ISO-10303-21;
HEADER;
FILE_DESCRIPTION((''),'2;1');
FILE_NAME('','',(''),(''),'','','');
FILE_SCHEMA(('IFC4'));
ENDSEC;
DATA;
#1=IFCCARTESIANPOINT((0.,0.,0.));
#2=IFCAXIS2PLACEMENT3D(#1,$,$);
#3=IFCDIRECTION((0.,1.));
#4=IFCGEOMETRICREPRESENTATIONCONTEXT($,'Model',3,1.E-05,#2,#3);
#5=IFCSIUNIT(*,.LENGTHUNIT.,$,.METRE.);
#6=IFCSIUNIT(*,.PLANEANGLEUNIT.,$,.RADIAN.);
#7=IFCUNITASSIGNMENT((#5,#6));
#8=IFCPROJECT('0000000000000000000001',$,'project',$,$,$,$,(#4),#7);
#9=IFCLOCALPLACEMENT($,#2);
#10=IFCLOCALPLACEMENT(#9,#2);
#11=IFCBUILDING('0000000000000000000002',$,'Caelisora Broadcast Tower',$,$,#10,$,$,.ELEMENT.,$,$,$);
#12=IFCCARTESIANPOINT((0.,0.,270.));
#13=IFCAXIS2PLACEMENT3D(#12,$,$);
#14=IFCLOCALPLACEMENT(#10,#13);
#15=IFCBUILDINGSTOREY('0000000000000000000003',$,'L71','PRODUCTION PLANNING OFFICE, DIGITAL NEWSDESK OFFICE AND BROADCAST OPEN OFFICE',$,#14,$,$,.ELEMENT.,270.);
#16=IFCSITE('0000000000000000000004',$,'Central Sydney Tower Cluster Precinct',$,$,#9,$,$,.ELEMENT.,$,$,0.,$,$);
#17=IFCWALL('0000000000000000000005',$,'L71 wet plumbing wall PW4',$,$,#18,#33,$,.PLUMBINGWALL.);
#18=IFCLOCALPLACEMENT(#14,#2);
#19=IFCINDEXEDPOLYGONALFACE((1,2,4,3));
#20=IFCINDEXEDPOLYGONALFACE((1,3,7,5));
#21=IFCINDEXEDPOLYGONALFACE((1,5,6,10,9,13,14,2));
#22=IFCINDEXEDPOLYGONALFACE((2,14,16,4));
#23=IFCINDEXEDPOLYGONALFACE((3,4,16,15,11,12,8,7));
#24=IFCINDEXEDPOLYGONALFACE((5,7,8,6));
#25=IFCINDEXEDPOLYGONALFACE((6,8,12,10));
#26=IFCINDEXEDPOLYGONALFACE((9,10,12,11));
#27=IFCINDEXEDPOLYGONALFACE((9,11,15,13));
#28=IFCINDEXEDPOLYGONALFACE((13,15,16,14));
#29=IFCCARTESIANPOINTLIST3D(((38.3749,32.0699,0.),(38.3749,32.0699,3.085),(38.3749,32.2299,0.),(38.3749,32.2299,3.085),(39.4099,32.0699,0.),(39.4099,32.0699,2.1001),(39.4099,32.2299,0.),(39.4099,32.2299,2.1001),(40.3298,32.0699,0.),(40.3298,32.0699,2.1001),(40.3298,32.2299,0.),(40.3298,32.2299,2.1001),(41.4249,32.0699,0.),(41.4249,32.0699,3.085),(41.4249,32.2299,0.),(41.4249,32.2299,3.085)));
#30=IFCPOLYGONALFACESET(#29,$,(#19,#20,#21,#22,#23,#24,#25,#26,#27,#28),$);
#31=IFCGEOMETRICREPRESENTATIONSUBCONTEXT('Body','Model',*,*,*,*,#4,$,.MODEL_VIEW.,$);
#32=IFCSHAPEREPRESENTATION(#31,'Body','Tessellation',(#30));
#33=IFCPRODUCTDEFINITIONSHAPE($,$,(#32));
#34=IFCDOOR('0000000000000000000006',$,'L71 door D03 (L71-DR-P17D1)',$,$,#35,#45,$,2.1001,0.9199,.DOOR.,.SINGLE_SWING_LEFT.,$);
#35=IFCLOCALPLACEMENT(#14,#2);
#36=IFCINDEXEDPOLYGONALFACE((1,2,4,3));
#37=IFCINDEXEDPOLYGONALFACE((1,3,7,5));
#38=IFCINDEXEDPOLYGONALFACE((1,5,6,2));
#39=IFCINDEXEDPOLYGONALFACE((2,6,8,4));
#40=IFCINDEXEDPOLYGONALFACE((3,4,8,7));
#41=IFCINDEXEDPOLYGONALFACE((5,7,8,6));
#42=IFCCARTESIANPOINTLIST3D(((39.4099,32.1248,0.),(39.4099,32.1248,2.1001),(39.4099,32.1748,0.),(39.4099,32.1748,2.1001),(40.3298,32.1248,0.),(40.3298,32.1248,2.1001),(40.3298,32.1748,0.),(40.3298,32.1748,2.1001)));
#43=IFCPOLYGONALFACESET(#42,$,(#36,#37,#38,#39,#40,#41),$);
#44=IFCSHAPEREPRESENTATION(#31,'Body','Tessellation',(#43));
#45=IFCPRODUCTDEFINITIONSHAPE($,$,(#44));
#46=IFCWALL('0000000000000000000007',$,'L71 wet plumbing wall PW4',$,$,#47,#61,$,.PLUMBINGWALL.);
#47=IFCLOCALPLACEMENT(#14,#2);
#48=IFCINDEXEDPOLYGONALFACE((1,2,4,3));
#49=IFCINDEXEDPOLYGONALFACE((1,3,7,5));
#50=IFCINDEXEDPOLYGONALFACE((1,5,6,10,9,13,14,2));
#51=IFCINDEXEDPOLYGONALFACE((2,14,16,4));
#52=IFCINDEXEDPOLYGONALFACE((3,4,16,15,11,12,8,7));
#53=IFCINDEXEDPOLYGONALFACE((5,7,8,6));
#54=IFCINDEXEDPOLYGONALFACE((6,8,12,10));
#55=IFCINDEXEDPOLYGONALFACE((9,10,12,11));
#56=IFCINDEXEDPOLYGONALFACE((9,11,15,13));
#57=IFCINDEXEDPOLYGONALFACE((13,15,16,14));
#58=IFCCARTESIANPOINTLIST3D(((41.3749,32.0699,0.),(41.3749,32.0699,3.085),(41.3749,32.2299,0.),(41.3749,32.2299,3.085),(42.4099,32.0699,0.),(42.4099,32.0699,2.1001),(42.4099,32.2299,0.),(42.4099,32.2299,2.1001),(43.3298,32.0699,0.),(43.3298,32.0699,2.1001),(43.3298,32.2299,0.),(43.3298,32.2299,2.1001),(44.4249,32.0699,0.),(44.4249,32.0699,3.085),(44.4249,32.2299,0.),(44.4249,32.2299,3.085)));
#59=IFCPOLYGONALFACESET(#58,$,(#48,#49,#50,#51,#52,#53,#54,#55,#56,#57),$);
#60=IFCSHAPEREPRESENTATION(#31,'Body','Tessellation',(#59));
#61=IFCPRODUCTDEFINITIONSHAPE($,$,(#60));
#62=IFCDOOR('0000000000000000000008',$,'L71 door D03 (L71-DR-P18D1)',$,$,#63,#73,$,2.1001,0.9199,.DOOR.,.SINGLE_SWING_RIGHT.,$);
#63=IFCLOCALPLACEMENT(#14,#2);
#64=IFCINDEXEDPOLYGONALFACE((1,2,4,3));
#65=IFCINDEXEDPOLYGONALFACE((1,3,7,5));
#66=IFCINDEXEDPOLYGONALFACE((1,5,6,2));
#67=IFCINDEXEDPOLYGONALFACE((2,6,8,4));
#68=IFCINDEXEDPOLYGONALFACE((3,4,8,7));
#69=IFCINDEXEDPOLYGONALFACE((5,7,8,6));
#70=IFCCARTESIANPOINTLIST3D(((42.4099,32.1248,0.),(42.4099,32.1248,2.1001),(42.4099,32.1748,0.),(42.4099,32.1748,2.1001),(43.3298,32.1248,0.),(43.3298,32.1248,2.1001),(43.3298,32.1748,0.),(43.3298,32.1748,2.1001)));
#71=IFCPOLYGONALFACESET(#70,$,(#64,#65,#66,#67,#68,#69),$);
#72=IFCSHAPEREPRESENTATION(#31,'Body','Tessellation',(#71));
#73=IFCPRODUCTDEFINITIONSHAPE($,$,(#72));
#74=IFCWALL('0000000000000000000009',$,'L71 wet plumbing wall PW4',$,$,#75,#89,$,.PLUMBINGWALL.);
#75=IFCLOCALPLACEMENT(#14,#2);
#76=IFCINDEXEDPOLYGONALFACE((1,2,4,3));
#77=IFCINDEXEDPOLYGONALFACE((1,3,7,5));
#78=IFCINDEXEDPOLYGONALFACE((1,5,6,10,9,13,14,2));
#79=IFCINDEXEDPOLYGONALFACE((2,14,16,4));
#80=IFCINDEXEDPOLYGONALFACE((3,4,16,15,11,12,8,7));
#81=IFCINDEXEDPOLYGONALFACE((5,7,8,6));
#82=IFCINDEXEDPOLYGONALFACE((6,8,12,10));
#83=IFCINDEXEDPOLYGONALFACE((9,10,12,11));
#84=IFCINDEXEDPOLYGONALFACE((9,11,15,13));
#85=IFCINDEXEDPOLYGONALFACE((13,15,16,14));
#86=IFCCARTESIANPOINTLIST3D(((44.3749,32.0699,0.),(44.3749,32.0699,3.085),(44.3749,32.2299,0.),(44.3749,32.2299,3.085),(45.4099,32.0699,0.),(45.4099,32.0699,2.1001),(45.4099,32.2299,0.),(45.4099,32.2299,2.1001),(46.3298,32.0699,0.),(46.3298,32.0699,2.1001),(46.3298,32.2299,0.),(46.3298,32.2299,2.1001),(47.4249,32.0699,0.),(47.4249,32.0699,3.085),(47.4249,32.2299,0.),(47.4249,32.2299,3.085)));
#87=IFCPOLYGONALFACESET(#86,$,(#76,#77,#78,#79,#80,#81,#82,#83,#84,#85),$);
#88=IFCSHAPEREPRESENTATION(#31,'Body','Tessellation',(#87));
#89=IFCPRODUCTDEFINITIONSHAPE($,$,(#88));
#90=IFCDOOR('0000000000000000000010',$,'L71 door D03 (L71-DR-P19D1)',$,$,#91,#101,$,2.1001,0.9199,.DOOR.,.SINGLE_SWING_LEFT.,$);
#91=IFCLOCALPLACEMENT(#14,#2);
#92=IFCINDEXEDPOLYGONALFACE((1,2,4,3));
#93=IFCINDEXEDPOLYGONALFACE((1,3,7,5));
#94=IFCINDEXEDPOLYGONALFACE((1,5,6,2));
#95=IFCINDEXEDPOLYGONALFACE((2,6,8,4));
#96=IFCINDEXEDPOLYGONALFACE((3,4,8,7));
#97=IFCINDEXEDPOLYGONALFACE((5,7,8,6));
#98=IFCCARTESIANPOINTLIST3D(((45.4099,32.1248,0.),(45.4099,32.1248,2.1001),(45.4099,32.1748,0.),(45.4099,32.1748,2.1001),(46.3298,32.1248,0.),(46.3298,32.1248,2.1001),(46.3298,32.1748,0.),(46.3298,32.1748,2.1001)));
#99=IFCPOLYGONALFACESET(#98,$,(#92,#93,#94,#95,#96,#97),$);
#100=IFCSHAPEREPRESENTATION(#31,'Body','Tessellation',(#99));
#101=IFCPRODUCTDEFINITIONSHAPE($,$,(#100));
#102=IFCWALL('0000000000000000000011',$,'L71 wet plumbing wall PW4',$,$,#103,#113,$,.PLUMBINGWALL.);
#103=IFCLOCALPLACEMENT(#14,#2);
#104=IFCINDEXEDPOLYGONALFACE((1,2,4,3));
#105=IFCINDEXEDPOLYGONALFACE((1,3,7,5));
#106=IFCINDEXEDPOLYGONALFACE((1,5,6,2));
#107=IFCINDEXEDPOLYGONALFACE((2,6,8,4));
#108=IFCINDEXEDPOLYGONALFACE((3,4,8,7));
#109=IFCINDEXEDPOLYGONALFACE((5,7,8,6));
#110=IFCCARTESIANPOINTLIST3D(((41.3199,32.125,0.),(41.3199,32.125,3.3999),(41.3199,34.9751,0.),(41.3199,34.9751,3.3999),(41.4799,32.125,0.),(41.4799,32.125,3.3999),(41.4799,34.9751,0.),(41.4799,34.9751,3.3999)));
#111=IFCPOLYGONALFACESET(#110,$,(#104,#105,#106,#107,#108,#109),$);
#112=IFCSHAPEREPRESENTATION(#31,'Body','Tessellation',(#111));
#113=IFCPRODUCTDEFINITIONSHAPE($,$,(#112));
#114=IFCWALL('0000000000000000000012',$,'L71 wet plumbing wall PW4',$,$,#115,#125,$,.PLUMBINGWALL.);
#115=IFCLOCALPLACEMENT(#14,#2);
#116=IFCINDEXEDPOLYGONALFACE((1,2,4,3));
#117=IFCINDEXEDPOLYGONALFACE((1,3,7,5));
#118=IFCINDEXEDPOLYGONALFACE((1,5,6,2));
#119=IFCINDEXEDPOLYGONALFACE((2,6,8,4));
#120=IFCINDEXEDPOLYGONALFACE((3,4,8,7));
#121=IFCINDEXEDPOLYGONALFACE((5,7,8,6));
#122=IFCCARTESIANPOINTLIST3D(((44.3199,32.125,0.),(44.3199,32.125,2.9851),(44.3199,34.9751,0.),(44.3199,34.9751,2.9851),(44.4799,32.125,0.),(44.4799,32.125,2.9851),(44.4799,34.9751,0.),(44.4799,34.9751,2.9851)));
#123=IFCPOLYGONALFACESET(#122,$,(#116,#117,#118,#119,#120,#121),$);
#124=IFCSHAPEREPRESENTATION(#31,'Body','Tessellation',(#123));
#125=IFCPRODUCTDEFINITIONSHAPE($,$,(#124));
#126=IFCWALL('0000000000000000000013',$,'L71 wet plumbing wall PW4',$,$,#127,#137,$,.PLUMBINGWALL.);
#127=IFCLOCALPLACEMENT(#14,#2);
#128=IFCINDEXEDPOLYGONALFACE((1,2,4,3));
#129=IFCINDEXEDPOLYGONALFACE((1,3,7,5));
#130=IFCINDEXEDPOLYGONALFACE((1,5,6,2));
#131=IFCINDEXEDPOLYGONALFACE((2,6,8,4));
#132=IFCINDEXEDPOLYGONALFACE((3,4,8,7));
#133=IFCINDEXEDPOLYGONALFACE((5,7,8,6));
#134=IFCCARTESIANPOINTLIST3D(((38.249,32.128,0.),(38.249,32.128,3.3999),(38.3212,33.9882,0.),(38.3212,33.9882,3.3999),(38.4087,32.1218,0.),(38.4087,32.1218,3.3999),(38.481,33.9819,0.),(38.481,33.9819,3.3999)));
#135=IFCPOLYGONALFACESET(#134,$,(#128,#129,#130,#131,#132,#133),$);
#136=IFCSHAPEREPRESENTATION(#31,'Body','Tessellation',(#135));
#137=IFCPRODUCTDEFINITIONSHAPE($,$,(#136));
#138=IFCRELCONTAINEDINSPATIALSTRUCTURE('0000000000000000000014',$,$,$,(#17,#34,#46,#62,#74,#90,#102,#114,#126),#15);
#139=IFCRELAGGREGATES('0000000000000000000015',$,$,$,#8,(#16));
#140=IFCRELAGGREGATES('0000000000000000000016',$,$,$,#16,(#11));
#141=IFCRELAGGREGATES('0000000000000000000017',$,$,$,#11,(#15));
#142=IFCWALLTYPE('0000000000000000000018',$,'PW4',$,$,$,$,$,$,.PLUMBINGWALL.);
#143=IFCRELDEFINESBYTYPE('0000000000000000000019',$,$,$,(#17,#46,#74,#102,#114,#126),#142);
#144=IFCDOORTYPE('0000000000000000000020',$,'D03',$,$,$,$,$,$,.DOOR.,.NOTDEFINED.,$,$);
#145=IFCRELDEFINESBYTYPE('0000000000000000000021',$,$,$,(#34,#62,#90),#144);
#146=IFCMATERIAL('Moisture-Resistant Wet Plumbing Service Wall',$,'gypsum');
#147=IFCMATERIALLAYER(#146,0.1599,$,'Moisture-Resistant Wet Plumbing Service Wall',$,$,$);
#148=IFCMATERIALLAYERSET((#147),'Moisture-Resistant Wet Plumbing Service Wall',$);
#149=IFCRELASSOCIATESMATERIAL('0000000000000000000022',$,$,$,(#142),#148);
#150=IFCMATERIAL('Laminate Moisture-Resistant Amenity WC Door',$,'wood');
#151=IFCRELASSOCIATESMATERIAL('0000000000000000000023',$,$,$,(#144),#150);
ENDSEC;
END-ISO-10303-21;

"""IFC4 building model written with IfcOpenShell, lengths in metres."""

from ifc_helpers import new_model, si_unit, direction, frame, frame_2d, origin, place, context, subcontext, project, spatial, rectangle, extrude, material, layer, layer_set, type_object, element, fill, save


model = new_model("IFC4")

# Units and contexts
model_context = context("Model", 3, precision=1e-05, world=origin(), true_north=direction((0.0, 1.0)))
body_context = subcontext(model_context, "Body", "Model", "MODEL_VIEW")
ifc_project = project(units=[si_unit("LENGTHUNIT", "METRE"), si_unit("PLANEANGLEUNIT", "RADIAN")], contexts=[model_context])

# Site, building, storey
site_placement = place(None, origin())
site = spatial("IfcSite", under=ifc_project, at=site_placement, Name="Central Sydney Tower Cluster Precinct", CompositionType="ELEMENT", RefElevation=0.0)
building_placement = place(site_placement, origin())
building = spatial("IfcBuilding", under=site, at=building_placement, Name="Caelisora Broadcast Tower", CompositionType="ELEMENT")
storey_placement = place(building_placement, frame((0.0, 0.0, 270.0)))
storey = spatial("IfcBuildingStorey", under=building, at=storey_placement, Name="L71", Description="PRODUCTION PLANNING OFFICE, DIGITAL NEWSDESK OFFICE AND BROADCAST OPEN OFFICE", CompositionType="ELEMENT", Elevation=270.0)

# Walls, openings, doors
ifc_material_1 = material(Name="Moisture-Resistant Wet Plumbing Service Wall", Category="gypsum")
ifc_layer_1 = layer(ifc_material_1, 0.1599, Name="Moisture-Resistant Wet Plumbing Service Wall")
ifc_layer_set_1 = layer_set([ifc_layer_1], Name="Moisture-Resistant Wet Plumbing Service Wall")
wall_type_1 = type_object("IfcWallType", Name="PW4", PredefinedType="PLUMBINGWALL", material=ifc_layer_set_1)
wall_1_placement = place(storey_placement, frame((38.375, 32.1499, 0.0), z_axis=(0.0, 0.0, 1.0), x_axis=(1.0, 0.0, 0.0)))
wall_1 = element("IfcWall", 1, at=wall_1_placement, inside=storey, type_object=wall_type_1, Name="L71 wet plumbing wall PW4", PredefinedType="PLUMBINGWALL", context=body_context, shape_type="SweptSolid", body=[
    extrude(rectangle(XDim=3.05, YDim=0.1599, at=frame_2d((1.5249, 0.0))), origin(), (0.0, 0.0, 1.0), 3.085),
])
opening_1_placement = place(wall_1_placement, frame((1.0349, 0.0, 0.0)))
opening_1 = element("IfcOpeningElement", 2, at=opening_1_placement, cuts=wall_1, PredefinedType="OPENING", context=body_context, shape_type="SweptSolid", body=[
    extrude(rectangle(XDim=0.9199, YDim=2.1001, at=frame_2d((0.46, 1.05))), frame((0.0, 0.092, 0.0), z_axis=(0.0, -1.0, 0.0), x_axis=(1.0, 0.0, 0.0)), (0.0, 0.0, 1.0), 0.1838),
])
ifc_material_2 = material(Name="Laminate Moisture-Resistant Amenity WC Door", Category="wood")
door_type_1 = type_object("IfcDoorType", Name="D03", OperationType="NOTDEFINED", PredefinedType="DOOR", material=ifc_material_2)
door_1_placement = place(opening_1_placement, origin())
door_1 = element("IfcDoor", 3, at=door_1_placement, inside=storey, type_object=door_type_1, Name="L71 door D03 (L71-DR-P17D1)", OperationType="SINGLE_SWING_LEFT", OverallHeight=2.1001, OverallWidth=0.9199, PredefinedType="DOOR", context=body_context, shape_type="SweptSolid", body=[
    extrude(rectangle(XDim=0.9199, YDim=2.1001, at=frame_2d((0.46, 1.05))), frame((0.0, 0.0249, 0.0), z_axis=(0.0, -1.0, 0.0), x_axis=(1.0, 0.0, 0.0)), (0.0, 0.0, 1.0), 0.05),
])
fill(opening_1, door_1)
wall_2_placement = place(storey_placement, frame((41.375, 32.1499, 0.0), z_axis=(0.0, 0.0, 1.0), x_axis=(1.0, 0.0, 0.0)))
wall_2 = element("IfcWall", 4, at=wall_2_placement, inside=storey, type_object=wall_type_1, Name="L71 wet plumbing wall PW4", PredefinedType="PLUMBINGWALL", context=body_context, shape_type="SweptSolid", body=[
    extrude(rectangle(XDim=3.05, YDim=0.1599, at=frame_2d((1.5249, 0.0))), origin(), (0.0, 0.0, 1.0), 3.085),
])
opening_2_placement = place(wall_2_placement, frame((1.0349, 0.0, 0.0)))
opening_2 = element("IfcOpeningElement", 5, at=opening_2_placement, cuts=wall_2, PredefinedType="OPENING", context=body_context, shape_type="SweptSolid", body=[
    extrude(rectangle(XDim=0.9199, YDim=2.1001, at=frame_2d((0.46, 1.05))), frame((0.0, 0.092, 0.0), z_axis=(0.0, -1.0, 0.0), x_axis=(1.0, 0.0, 0.0)), (0.0, 0.0, 1.0), 0.1838),
])
door_2_placement = place(opening_2_placement, origin())
door_2 = element("IfcDoor", 6, at=door_2_placement, inside=storey, type_object=door_type_1, Name="L71 door D03 (L71-DR-P18D1)", OperationType="SINGLE_SWING_RIGHT", OverallHeight=2.1001, OverallWidth=0.9199, PredefinedType="DOOR", context=body_context, shape_type="SweptSolid", body=[
    extrude(rectangle(XDim=0.9199, YDim=2.1001, at=frame_2d((0.46, 1.05))), frame((0.0, 0.0249, 0.0), z_axis=(0.0, -1.0, 0.0), x_axis=(1.0, 0.0, 0.0)), (0.0, 0.0, 1.0), 0.05),
])
fill(opening_2, door_2)
wall_3_placement = place(storey_placement, frame((44.375, 32.1499, 0.0), z_axis=(0.0, 0.0, 1.0), x_axis=(1.0, 0.0, 0.0)))
wall_3 = element("IfcWall", 7, at=wall_3_placement, inside=storey, type_object=wall_type_1, Name="L71 wet plumbing wall PW4", PredefinedType="PLUMBINGWALL", context=body_context, shape_type="SweptSolid", body=[
    extrude(rectangle(XDim=3.05, YDim=0.1599, at=frame_2d((1.5249, 0.0))), origin(), (0.0, 0.0, 1.0), 3.085),
])
opening_3_placement = place(wall_3_placement, frame((1.0349, 0.0, 0.0)))
opening_3 = element("IfcOpeningElement", 8, at=opening_3_placement, cuts=wall_3, PredefinedType="OPENING", context=body_context, shape_type="SweptSolid", body=[
    extrude(rectangle(XDim=0.9199, YDim=2.1001, at=frame_2d((0.46, 1.05))), frame((0.0, 0.092, 0.0), z_axis=(0.0, -1.0, 0.0), x_axis=(1.0, 0.0, 0.0)), (0.0, 0.0, 1.0), 0.1838),
])
door_3_placement = place(opening_3_placement, origin())
door_3 = element("IfcDoor", 9, at=door_3_placement, inside=storey, type_object=door_type_1, Name="L71 door D03 (L71-DR-P19D1)", OperationType="SINGLE_SWING_LEFT", OverallHeight=2.1001, OverallWidth=0.9199, PredefinedType="DOOR", context=body_context, shape_type="SweptSolid", body=[
    extrude(rectangle(XDim=0.9199, YDim=2.1001, at=frame_2d((0.46, 1.05))), frame((0.0, 0.0249, 0.0), z_axis=(0.0, -1.0, 0.0), x_axis=(1.0, 0.0, 0.0)), (0.0, 0.0, 1.0), 0.05),
])
fill(opening_3, door_3)

# Walls
wall_4_placement = place(storey_placement, frame((41.3999, 32.125, 0.0), z_axis=(0.0, 0.0, 1.0), x_axis=(0.0, 1.0, 0.0)))
element("IfcWall", 10, at=wall_4_placement, inside=storey, type_object=wall_type_1, Name="L71 wet plumbing wall PW4", PredefinedType="PLUMBINGWALL", context=body_context, shape_type="SweptSolid", body=[
    extrude(rectangle(XDim=2.8501, YDim=0.1599, at=frame_2d((1.425, 0.0))), origin(), (0.0, 0.0, 1.0), 3.3999),
])
wall_5_placement = place(storey_placement, frame((44.3999, 32.125, 0.0), z_axis=(0.0, 0.0, 1.0), x_axis=(0.0, 1.0, 0.0)))
element("IfcWall", 11, at=wall_5_placement, inside=storey, type_object=wall_type_1, Name="L71 wet plumbing wall PW4", PredefinedType="PLUMBINGWALL", context=body_context, shape_type="SweptSolid", body=[
    extrude(rectangle(XDim=2.8501, YDim=0.1599, at=frame_2d((1.425, 0.0))), origin(), (0.0, 0.0, 1.0), 2.9851),
])
wall_6_placement = place(storey_placement, frame((38.3289, 32.125, 0.0), z_axis=(0.0, 0.0, 1.0), x_axis=(0.038821, 0.999246, 0.0)))
element("IfcWall", 12, at=wall_6_placement, inside=storey, type_object=wall_type_1, Name="L71 wet plumbing wall PW4", PredefinedType="PLUMBINGWALL", context=body_context, shape_type="SweptSolid", body=[
    extrude(rectangle(XDim=1.8616, YDim=0.1599, at=frame_2d((0.9307, 0.0))), origin(), (0.0, 0.0, 1.0), 3.3999),
])

save(model, "model.ifc")
